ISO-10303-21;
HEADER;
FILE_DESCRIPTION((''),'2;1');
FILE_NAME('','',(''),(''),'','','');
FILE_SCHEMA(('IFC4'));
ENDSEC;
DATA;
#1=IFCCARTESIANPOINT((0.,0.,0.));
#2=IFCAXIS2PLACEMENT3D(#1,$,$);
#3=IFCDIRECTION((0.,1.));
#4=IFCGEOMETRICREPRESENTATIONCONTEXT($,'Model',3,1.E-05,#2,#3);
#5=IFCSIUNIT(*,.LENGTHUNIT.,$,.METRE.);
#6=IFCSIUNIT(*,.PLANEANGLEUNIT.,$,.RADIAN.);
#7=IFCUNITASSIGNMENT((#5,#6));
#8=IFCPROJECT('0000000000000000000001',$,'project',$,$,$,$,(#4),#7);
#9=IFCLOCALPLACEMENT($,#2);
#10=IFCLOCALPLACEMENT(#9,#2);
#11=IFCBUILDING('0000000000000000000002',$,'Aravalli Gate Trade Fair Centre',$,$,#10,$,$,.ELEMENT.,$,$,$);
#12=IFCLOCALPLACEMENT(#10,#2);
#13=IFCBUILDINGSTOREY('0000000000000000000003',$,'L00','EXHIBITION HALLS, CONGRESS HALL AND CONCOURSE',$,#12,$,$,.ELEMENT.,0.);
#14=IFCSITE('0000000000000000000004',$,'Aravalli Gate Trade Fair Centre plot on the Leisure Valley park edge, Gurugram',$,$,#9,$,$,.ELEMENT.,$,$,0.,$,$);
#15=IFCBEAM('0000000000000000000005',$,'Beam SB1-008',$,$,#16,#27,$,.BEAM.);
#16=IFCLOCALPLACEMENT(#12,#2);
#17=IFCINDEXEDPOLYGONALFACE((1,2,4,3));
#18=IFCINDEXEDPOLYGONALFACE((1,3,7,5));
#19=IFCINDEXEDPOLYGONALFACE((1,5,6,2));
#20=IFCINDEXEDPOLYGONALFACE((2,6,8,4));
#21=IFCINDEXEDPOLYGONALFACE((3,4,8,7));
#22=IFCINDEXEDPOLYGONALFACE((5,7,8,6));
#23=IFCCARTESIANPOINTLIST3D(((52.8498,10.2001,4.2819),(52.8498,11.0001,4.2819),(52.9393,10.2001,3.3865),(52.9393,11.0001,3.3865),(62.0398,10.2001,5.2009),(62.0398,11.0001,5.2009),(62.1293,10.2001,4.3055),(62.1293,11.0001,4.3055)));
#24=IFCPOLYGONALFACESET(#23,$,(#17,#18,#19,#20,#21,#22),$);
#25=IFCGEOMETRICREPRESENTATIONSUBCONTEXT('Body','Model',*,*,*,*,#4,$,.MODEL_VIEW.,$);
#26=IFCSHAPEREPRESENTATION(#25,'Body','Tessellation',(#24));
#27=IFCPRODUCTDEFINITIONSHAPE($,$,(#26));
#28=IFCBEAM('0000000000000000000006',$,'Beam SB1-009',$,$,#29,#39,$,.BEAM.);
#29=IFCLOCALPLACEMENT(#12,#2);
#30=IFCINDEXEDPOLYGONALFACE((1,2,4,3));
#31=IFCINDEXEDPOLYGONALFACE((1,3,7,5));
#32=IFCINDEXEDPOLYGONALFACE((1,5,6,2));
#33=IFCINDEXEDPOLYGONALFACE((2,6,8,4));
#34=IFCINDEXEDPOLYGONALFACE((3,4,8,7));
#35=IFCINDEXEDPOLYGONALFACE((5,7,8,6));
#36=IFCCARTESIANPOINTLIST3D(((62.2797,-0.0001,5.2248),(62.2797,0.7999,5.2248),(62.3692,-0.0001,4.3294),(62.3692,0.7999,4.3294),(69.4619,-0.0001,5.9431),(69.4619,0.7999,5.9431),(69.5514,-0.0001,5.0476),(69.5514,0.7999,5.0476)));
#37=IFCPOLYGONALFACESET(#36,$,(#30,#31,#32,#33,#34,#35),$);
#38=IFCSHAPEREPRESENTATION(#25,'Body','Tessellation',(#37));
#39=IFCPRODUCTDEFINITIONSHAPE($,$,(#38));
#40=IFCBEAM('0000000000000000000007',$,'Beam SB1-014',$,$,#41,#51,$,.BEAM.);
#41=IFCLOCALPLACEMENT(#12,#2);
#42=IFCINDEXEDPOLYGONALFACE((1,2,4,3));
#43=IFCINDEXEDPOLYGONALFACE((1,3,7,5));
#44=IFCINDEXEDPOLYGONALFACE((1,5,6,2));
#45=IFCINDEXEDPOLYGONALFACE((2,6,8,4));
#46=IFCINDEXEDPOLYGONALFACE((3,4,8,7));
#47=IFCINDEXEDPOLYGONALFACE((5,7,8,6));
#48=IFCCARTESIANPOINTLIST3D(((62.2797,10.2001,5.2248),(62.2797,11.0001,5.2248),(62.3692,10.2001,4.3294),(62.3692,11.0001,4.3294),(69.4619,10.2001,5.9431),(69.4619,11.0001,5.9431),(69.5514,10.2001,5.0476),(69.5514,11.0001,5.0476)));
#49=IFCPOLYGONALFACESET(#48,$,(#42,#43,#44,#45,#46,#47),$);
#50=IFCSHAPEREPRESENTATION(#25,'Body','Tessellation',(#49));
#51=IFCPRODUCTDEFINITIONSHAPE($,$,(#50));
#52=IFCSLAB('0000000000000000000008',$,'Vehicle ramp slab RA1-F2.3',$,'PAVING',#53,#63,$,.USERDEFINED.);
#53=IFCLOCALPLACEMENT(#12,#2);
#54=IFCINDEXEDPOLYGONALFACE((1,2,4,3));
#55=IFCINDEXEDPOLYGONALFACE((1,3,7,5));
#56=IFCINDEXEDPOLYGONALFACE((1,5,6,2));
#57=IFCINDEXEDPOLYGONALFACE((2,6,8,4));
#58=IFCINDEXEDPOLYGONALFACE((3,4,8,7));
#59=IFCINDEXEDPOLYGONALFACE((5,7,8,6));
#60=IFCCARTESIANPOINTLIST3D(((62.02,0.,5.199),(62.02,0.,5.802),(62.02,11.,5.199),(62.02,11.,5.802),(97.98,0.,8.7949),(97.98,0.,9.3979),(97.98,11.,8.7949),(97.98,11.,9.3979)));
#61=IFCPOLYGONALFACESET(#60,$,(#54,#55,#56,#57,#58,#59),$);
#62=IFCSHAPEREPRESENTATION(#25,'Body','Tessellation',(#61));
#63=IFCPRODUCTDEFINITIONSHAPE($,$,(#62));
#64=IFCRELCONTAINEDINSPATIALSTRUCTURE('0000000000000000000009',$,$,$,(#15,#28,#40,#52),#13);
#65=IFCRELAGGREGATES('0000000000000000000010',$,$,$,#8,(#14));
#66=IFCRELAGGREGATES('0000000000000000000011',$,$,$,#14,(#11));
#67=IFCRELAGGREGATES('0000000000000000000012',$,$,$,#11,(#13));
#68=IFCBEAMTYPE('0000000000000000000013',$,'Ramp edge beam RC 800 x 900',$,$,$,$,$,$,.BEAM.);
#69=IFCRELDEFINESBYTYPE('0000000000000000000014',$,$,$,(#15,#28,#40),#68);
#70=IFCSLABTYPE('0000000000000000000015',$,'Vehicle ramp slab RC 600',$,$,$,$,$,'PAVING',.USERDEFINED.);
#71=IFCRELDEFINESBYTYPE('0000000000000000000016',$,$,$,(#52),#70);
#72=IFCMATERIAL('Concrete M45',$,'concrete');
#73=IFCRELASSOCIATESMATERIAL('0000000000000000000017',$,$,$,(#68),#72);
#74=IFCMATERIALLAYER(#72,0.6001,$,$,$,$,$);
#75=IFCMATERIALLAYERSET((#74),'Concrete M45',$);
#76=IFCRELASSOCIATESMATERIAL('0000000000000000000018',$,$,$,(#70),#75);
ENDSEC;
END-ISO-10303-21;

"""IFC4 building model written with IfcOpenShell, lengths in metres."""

from ifc_helpers import new_model, si_unit, direction, frame, origin, origin_2d, place, context, subcontext, project, spatial, polyline, rectangle, outline, extrude, material, layer, layer_set, material_profile, profile_set, type_object, element, save


model = new_model("IFC4")

# Units and contexts
model_context = context("Model", 3, precision=1e-05, world=origin(), true_north=direction((0.0, 1.0)))
body_context = subcontext(model_context, "Body", "Model", "MODEL_VIEW")
ifc_project = project(units=[si_unit("LENGTHUNIT", "METRE"), si_unit("PLANEANGLEUNIT", "RADIAN")], contexts=[model_context])

# Site, building, storey
site_placement = place(None, origin())
site = spatial("IfcSite", under=ifc_project, at=site_placement, Name="Aravalli Gate Trade Fair Centre plot on the Leisure Valley park edge, Gurugram", CompositionType="ELEMENT", RefElevation=0.0)
building_placement = place(site_placement, origin())
building = spatial("IfcBuilding", under=site, at=building_placement, Name="Aravalli Gate Trade Fair Centre", CompositionType="ELEMENT")
storey_placement = place(building_placement, origin())
storey = spatial("IfcBuildingStorey", under=building, at=storey_placement, Name="L00", Description="EXHIBITION HALLS, CONGRESS HALL AND CONCOURSE", CompositionType="ELEMENT", Elevation=0.0)

# Shared definitions
ifc_material = material(Name="Concrete M45", Category="concrete")

# Beams
ifc_material_profile_1 = material_profile(ifc_material, rectangle(XDim=0.8, YDim=0.8999, at=origin_2d()), Name="Ramp edge beam RC 800 x 900")
ifc_profile_set_1 = profile_set([ifc_material_profile_1], Name="Concrete M45")
beam_type_1 = type_object("IfcBeamType", Name="Ramp edge beam RC 800 x 900", PredefinedType="BEAM", material=ifc_profile_set_1)
for number, where, z_axis, x_axis, name in (
    (1, (52.8945, 10.6001, 3.8342), (0.995038, 0.0, 0.099498), (0.0, 1.0, 0.0), "Beam SB1-008"),
):
    element("IfcBeam", number, at=place(storey_placement, frame(where, z_axis=z_axis, x_axis=x_axis)), inside=storey, type_object=beam_type_1, Name=name, PredefinedType="BEAM", context=body_context, shape_type="SweptSolid", body=[
        extrude(rectangle(XDim=0.8, YDim=0.8999, at=origin_2d()), origin(), (0.0, 0.0, 1.0), 9.2358),
    ])
for number, where, z_axis, x_axis, name in (
    (2, (62.3245, 0.3999, 4.7771), (0.995037, 0.0, 0.09951), (0.0, 1.0, 0.0), "Beam SB1-009"),
    (3, (62.3245, 10.6001, 4.7771), (0.995037, 0.0, 0.09951), (0.0, 1.0, 0.0), "Beam SB1-014"),
):
    element("IfcBeam", number, at=place(storey_placement, frame(where, z_axis=z_axis, x_axis=x_axis)), inside=storey, type_object=beam_type_1, Name=name, PredefinedType="BEAM", context=body_context, shape_type="SweptSolid", body=[
        extrude(rectangle(XDim=0.8, YDim=0.8999, at=origin_2d()), origin(), (0.0, 0.0, 1.0), 7.218),
    ])

# Slab
ifc_layer = layer(ifc_material, 0.6001)
ifc_layer_set = layer_set([ifc_layer], Name="Concrete M45")
slab_type = type_object("IfcSlabType", Name="Vehicle ramp slab RC 600", ElementType="PAVING", PredefinedType="USERDEFINED", material=ifc_layer_set)
slab_placement = place(storey_placement, frame((62.02, 0.0, 0.0), z_axis=(0.0, 0.0, 1.0), x_axis=(1.0, 0.0, 0.0)))
element("IfcSlab", 4, at=slab_placement, inside=storey, type_object=slab_type, Name="Vehicle ramp slab RA1-F2.3", ObjectType="PAVING", PredefinedType="USERDEFINED", context=body_context, shape_type="SweptSolid", body=[
    extrude(outline(polyline([(0.0, 5.802), (35.96, 9.3979), (35.96, 8.7949), (0.0, 5.199), (0.0, 5.802)])), frame((0.0, 11.0, 0.0), z_axis=(0.0, -1.0, 0.0), x_axis=(1.0, 0.0, 0.0)), (0.0, 0.0, 1.0), 11.0),
])

save(model, "model.ifc")
